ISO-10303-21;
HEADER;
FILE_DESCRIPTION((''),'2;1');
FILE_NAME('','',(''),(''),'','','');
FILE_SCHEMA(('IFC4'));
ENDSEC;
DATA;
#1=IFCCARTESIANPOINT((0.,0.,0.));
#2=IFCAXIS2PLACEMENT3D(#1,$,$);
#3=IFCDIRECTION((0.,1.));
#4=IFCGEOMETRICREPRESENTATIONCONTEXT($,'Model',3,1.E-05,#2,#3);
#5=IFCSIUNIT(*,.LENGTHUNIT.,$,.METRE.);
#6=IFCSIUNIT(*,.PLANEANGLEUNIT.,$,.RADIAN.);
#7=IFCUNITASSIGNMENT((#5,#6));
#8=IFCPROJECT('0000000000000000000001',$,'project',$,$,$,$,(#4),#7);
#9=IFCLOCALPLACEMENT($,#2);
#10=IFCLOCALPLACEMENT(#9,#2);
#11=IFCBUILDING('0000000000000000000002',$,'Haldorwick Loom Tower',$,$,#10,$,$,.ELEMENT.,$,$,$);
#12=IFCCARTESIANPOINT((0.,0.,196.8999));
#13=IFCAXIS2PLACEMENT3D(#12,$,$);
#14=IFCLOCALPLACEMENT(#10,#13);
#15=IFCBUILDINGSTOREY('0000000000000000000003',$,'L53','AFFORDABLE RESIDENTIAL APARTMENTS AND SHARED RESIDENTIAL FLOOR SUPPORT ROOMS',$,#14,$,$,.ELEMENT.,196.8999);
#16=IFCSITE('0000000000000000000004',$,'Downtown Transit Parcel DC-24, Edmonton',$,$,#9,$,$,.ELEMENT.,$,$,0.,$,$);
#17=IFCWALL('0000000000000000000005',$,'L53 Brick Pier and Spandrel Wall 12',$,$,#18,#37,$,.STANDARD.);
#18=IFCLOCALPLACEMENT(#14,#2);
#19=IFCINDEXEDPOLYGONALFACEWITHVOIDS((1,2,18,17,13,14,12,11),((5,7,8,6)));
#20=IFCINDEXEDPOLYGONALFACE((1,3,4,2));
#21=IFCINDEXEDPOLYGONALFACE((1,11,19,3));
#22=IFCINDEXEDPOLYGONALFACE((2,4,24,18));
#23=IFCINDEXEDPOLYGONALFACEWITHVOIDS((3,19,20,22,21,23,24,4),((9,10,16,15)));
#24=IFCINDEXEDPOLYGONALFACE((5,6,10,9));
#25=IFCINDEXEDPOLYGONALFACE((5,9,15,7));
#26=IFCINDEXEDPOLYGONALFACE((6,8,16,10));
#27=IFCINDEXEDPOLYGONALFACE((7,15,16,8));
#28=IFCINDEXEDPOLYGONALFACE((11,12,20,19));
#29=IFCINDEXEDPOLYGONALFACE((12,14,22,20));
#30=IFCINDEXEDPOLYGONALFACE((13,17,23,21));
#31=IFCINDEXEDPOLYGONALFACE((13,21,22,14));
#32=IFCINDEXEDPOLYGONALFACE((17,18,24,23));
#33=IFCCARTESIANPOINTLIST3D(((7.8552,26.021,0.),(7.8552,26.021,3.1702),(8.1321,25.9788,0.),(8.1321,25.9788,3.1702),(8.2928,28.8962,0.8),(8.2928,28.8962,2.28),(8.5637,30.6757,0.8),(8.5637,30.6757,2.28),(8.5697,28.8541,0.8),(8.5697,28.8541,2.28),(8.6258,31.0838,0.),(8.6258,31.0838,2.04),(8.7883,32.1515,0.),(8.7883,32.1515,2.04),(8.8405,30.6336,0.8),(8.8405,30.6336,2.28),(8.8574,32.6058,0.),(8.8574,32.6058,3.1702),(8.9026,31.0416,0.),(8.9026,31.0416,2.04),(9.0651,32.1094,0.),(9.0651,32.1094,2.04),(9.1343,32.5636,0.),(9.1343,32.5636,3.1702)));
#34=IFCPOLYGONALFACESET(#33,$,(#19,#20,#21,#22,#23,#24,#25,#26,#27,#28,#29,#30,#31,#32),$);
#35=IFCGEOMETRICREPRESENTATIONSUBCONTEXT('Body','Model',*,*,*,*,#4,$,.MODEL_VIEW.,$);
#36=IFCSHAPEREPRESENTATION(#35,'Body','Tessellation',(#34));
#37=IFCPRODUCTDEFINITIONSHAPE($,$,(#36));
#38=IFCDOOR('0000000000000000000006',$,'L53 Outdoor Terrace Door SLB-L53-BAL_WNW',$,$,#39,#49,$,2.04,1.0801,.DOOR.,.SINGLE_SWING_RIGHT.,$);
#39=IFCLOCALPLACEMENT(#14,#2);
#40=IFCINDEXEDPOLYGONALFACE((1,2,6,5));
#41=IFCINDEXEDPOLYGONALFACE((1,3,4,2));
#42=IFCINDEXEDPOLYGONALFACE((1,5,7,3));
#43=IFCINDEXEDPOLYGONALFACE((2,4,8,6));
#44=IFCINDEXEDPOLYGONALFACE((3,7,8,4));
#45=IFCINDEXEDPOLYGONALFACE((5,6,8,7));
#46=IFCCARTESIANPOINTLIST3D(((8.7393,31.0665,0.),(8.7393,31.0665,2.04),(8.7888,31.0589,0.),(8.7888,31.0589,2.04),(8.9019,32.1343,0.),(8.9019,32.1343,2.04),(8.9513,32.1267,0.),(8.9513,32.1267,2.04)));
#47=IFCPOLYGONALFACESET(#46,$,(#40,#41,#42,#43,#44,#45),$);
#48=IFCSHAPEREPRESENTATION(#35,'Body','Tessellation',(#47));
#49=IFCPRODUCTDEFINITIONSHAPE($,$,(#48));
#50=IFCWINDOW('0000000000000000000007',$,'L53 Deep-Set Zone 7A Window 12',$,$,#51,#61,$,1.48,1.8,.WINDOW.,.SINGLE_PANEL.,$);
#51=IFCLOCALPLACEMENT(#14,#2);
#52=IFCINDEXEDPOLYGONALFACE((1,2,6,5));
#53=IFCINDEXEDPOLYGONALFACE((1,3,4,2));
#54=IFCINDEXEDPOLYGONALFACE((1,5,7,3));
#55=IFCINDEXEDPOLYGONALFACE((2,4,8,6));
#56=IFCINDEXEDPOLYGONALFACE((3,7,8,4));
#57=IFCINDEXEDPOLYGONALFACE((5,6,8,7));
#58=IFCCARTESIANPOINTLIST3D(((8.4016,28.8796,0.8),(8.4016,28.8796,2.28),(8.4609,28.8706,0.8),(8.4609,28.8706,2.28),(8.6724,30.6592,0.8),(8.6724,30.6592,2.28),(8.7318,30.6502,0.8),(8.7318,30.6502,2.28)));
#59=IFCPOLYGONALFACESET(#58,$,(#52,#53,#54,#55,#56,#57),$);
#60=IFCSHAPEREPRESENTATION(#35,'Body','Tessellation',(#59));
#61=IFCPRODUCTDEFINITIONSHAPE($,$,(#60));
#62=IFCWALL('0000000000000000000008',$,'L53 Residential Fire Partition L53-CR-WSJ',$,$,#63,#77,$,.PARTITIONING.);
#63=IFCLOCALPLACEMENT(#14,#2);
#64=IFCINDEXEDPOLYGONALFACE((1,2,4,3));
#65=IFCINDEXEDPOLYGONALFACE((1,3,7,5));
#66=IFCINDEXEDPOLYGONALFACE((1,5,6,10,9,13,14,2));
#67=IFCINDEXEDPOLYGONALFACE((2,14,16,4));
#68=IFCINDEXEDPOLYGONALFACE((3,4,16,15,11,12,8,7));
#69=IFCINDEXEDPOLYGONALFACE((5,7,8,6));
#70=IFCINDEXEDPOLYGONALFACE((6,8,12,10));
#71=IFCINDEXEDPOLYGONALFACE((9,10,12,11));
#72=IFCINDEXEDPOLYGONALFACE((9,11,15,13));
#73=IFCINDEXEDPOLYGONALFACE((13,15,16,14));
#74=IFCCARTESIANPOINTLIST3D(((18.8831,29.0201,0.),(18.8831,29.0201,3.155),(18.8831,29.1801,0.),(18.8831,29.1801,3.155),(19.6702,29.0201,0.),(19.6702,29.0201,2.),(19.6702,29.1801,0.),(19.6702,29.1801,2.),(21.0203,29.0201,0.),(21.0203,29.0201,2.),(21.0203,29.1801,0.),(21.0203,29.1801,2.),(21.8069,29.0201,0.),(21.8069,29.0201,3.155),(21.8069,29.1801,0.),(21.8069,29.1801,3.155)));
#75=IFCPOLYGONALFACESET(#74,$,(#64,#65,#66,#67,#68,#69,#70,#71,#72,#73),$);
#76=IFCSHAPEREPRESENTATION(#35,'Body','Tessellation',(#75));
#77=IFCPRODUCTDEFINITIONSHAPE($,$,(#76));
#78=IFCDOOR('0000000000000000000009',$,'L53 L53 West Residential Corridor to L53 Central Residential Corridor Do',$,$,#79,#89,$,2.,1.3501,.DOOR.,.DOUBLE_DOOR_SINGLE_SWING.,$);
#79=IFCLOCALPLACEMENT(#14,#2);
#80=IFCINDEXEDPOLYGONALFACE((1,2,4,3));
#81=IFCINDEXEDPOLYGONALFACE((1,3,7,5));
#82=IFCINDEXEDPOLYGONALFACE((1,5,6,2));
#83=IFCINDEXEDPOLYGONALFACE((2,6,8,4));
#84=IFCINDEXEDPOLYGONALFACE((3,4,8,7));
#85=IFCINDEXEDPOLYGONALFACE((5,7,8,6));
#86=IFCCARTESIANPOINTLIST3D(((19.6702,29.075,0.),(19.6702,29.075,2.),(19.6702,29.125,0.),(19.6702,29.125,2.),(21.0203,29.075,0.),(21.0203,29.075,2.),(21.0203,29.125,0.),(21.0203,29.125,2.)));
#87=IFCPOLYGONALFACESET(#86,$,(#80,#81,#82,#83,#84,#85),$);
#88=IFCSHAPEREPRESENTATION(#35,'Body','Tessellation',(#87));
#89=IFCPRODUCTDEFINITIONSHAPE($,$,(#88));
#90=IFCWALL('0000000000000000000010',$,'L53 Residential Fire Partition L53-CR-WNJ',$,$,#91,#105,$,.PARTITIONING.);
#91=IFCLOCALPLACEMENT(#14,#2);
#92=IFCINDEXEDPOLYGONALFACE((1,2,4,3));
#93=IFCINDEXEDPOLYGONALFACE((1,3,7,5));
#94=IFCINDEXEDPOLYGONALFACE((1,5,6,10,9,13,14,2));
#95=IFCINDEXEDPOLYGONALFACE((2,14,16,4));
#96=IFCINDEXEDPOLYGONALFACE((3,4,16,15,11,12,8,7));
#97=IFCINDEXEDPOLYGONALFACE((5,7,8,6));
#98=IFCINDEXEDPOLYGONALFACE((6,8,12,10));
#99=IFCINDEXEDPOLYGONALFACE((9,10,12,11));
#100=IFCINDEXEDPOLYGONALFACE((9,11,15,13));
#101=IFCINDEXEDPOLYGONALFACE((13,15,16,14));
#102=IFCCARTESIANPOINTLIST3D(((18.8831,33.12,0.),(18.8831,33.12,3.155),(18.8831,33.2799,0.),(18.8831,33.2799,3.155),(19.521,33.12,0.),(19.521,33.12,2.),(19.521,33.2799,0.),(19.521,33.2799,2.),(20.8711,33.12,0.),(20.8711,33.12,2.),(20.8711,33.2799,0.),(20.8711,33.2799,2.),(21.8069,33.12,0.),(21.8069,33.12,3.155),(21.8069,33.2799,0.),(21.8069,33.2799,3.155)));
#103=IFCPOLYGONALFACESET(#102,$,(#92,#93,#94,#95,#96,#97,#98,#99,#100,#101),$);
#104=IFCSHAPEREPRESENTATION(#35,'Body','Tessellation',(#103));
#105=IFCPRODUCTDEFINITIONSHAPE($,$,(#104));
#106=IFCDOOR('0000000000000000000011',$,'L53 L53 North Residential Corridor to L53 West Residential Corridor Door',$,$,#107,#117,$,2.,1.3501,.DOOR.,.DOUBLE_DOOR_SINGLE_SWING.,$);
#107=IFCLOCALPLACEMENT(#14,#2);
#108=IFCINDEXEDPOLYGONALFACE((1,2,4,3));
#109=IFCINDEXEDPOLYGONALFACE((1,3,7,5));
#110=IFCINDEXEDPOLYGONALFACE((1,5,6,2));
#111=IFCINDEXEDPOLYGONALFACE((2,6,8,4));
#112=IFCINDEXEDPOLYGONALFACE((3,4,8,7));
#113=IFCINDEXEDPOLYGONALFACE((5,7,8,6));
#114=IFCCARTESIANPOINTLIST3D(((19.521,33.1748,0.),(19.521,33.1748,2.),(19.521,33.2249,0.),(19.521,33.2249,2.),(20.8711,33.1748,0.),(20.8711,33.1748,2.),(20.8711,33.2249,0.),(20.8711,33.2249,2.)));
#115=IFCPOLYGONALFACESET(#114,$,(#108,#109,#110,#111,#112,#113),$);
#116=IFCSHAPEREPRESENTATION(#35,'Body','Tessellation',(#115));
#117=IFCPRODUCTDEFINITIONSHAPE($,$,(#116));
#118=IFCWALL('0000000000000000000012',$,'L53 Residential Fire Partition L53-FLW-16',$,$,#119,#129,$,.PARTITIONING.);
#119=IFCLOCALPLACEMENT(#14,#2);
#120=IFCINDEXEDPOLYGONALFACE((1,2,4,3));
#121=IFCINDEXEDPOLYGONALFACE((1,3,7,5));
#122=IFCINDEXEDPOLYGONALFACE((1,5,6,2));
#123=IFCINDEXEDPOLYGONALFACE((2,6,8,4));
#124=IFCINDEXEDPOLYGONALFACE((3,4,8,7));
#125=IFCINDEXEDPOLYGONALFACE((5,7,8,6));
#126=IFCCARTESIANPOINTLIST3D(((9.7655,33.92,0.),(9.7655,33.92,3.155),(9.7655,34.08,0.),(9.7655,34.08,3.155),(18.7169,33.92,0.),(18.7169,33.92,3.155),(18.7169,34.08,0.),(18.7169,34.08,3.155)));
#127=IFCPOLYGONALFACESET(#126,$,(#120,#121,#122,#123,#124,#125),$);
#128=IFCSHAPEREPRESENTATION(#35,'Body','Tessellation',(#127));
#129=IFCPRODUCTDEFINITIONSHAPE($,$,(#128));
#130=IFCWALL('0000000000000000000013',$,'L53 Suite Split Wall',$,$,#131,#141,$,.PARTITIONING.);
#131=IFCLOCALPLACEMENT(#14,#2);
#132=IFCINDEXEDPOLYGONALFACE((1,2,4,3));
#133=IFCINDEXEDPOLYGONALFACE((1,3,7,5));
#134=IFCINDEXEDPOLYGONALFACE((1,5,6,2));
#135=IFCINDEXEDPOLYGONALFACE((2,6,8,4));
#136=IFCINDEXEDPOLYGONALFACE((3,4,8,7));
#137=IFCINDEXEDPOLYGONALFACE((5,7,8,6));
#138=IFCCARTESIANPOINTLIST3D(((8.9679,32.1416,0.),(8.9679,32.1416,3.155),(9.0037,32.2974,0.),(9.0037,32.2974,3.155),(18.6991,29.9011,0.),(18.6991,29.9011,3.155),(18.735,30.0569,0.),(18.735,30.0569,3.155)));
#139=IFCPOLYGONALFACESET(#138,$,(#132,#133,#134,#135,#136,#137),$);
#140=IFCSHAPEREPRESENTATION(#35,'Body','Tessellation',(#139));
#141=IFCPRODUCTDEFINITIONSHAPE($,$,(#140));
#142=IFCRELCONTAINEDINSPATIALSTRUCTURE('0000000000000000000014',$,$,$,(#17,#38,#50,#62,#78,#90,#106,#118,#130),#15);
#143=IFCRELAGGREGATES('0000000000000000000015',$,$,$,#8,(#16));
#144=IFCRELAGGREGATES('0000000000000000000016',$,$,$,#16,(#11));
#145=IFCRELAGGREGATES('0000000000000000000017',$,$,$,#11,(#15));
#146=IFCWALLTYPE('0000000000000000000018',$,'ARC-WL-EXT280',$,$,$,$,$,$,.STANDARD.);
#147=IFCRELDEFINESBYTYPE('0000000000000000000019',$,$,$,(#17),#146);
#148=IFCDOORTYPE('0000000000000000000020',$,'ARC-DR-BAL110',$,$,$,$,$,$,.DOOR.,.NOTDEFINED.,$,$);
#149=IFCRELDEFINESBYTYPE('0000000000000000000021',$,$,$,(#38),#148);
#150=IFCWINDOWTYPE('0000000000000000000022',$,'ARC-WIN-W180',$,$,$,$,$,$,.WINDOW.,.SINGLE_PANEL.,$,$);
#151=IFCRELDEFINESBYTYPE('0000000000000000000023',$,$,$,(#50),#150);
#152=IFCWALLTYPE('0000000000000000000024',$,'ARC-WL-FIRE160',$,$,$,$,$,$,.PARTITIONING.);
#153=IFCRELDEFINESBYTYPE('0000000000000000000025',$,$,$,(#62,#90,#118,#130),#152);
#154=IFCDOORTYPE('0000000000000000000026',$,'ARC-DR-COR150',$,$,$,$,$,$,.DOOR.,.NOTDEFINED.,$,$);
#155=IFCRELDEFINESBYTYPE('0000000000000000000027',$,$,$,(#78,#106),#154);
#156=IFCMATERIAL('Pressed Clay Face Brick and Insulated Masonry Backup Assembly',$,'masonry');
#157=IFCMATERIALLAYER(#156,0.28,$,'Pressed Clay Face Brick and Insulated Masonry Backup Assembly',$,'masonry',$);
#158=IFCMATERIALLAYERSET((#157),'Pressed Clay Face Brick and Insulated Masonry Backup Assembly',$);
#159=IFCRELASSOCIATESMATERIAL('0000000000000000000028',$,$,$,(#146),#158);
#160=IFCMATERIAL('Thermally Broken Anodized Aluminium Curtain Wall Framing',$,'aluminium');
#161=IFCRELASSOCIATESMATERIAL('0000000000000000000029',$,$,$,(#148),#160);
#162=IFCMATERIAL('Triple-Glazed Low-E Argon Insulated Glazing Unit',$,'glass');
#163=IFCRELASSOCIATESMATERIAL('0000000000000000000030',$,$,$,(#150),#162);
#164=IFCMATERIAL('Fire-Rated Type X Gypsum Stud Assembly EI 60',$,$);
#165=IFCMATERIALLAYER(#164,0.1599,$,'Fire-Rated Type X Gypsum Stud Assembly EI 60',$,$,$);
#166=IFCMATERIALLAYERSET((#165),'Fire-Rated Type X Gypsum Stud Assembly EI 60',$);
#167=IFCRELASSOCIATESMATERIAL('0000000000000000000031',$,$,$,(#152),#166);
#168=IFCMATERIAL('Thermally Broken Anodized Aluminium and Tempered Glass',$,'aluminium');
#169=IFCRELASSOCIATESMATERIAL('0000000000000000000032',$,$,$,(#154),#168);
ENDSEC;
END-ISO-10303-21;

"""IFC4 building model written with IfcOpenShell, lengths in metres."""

from ifc_helpers import new_model, si_unit, direction, frame, frame_2d, origin, place, context, subcontext, project, spatial, rectangle, extrude, material, layer, layer_set, type_object, element, fill, save


model = new_model("IFC4")

# Units and contexts
model_context = context("Model", 3, precision=1e-05, world=origin(), true_north=direction((0.0, 1.0)))
body_context = subcontext(model_context, "Body", "Model", "MODEL_VIEW")
ifc_project = project(units=[si_unit("LENGTHUNIT", "METRE"), si_unit("PLANEANGLEUNIT", "RADIAN")], contexts=[model_context])

# Site, building, storey
site_placement = place(None, origin())
site = spatial("IfcSite", under=ifc_project, at=site_placement, Name="Downtown Transit Parcel DC-24, Edmonton", CompositionType="ELEMENT", RefElevation=0.0)
building_placement = place(site_placement, origin())
building = spatial("IfcBuilding", under=site, at=building_placement, Name="Haldorwick Loom Tower", CompositionType="ELEMENT")
storey_placement = place(building_placement, frame((0.0, 0.0, 196.8999)))
storey = spatial("IfcBuildingStorey", under=building, at=storey_placement, Name="L53", Description="AFFORDABLE RESIDENTIAL APARTMENTS AND SHARED RESIDENTIAL FLOOR SUPPORT ROOMS", CompositionType="ELEMENT", Elevation=196.8999)

# Wall, openings, door, window
ifc_material_1 = material(Name="Pressed Clay Face Brick and Insulated Masonry Backup Assembly", Category="masonry")
ifc_layer_1 = layer(ifc_material_1, 0.28, Name="Pressed Clay Face Brick and Insulated Masonry Backup Assembly", Category="masonry")
ifc_layer_set_1 = layer_set([ifc_layer_1], Name="Pressed Clay Face Brick and Insulated Masonry Backup Assembly")
wall_type_1 = type_object("IfcWallType", Name="ARC-WL-EXT280", PredefinedType="STANDARD", material=ifc_layer_set_1)
wall_1_placement = place(storey_placement, frame((8.9958, 32.5847, 0.0), z_axis=(0.0, 0.0, 1.0), x_axis=(-0.150468, -0.988615, 0.0)))
wall_1 = element("IfcWall", 1, at=wall_1_placement, inside=storey, type_object=wall_type_1, Name="L53 Brick Pier and Spandrel Wall 12", PredefinedType="STANDARD", context=body_context, shape_type="SweptSolid", body=[
    extrude(rectangle(XDim=6.6606, YDim=0.28, at=frame_2d((3.3303, 0.0))), origin(), (0.0, 0.0, 1.0), 3.1702),
])
opening_1_placement = place(wall_1_placement, frame((0.4595, 0.0, 0.0)))
opening_1 = element("IfcOpeningElement", 2, at=opening_1_placement, cuts=wall_1, PredefinedType="OPENING", context=body_context, shape_type="SweptSolid", body=[
    extrude(rectangle(XDim=1.0801, YDim=2.04, at=frame_2d((0.54, 1.02))), frame((0.0, 0.1499, 0.0), z_axis=(0.0, -1.0, 0.0), x_axis=(1.0, 0.0, 0.0)), (0.0, 0.0, 1.0), 0.3),
])
opening_2_placement = place(wall_1_placement, frame((1.9524, 0.0, 0.8)))
opening_2 = element("IfcOpeningElement", 3, at=opening_2_placement, cuts=wall_1, PredefinedType="OPENING", context=body_context, shape_type="SweptSolid", body=[
    extrude(rectangle(XDim=1.8, YDim=1.48, at=frame_2d((0.8999, 0.74))), frame((0.0, 0.1499, 0.0), z_axis=(0.0, -1.0, 0.0), x_axis=(1.0, 0.0, 0.0)), (0.0, 0.0, 1.0), 0.3),
])
ifc_material_2 = material(Name="Thermally Broken Anodized Aluminium Curtain Wall Framing", Category="aluminium")
door_type_1 = type_object("IfcDoorType", Name="ARC-DR-BAL110", OperationType="NOTDEFINED", PredefinedType="DOOR", material=ifc_material_2)
door_1_placement = place(opening_1_placement, origin())
door_1 = element("IfcDoor", 4, at=door_1_placement, inside=storey, type_object=door_type_1, Name="L53 Outdoor Terrace Door SLB-L53-BAL_WNW", OperationType="SINGLE_SWING_RIGHT", OverallHeight=2.04, OverallWidth=1.0801, PredefinedType="DOOR", context=body_context, shape_type="SweptSolid", body=[
    extrude(rectangle(XDim=1.0801, YDim=2.04, at=frame_2d((0.54, 1.02))), frame((0.0, 0.0249, 0.0), z_axis=(0.0, -1.0, 0.0), x_axis=(1.0, 0.0, 0.0)), (0.0, 0.0, 1.0), 0.05),
])
fill(opening_1, door_1)
ifc_material_3 = material(Name="Triple-Glazed Low-E Argon Insulated Glazing Unit", Category="glass")
window_type = type_object("IfcWindowType", Name="ARC-WIN-W180", PartitioningType="SINGLE_PANEL", PredefinedType="WINDOW", material=ifc_material_3)
window_placement = place(opening_2_placement, origin())
window = element("IfcWindow", 5, at=window_placement, inside=storey, type_object=window_type, Name="L53 Deep-Set Zone 7A Window 12", OverallHeight=1.48, OverallWidth=1.8, PartitioningType="SINGLE_PANEL", PredefinedType="WINDOW", context=body_context, shape_type="SweptSolid", body=[
    extrude(rectangle(XDim=1.8, YDim=1.48, at=frame_2d((0.8999, 0.74))), frame((0.0, 0.03, 0.0), z_axis=(0.0, -1.0, 0.0), x_axis=(1.0, 0.0, 0.0)), (0.0, 0.0, 1.0), 0.0601),
])
fill(opening_2, window)

# Walls, openings, doors
ifc_material_4 = material(Name="Fire-Rated Type X Gypsum Stud Assembly EI 60")
ifc_layer_2 = layer(ifc_material_4, 0.1599, Name="Fire-Rated Type X Gypsum Stud Assembly EI 60")
ifc_layer_set_2 = layer_set([ifc_layer_2], Name="Fire-Rated Type X Gypsum Stud Assembly EI 60")
wall_type_2 = type_object("IfcWallType", Name="ARC-WL-FIRE160", PredefinedType="PARTITIONING", material=ifc_layer_set_2)
wall_2_placement = place(storey_placement, frame((18.8831, 29.1001, 0.0), z_axis=(0.0, 0.0, 1.0), x_axis=(1.0, 0.0, 0.0)))
wall_2 = element("IfcWall", 6, at=wall_2_placement, inside=storey, type_object=wall_type_2, Name="L53 Residential Fire Partition L53-CR-WSJ", PredefinedType="PARTITIONING", context=body_context, shape_type="SweptSolid", body=[
    extrude(rectangle(XDim=2.9238, YDim=0.1599, at=frame_2d((1.4619, 0.0))), origin(), (0.0, 0.0, 1.0), 3.155),
])
opening_3_placement = place(wall_2_placement, frame((0.7871, 0.0, 0.0)))
opening_3 = element("IfcOpeningElement", 7, at=opening_3_placement, cuts=wall_2, PredefinedType="OPENING", context=body_context, shape_type="SweptSolid", body=[
    extrude(rectangle(XDim=1.3501, YDim=2.0, at=frame_2d((0.675, 1.0))), frame((0.0, 0.0898, 0.0), z_axis=(0.0, -1.0, 0.0), x_axis=(1.0, 0.0, 0.0)), (0.0, 0.0, 1.0), 0.1799),
])
ifc_material_5 = material(Name="Thermally Broken Anodized Aluminium and Tempered Glass", Category="aluminium")
door_type_2 = type_object("IfcDoorType", Name="ARC-DR-COR150", OperationType="NOTDEFINED", PredefinedType="DOOR", material=ifc_material_5)
door_2_placement = place(opening_3_placement, origin())
door_2 = element("IfcDoor", 8, at=door_2_placement, inside=storey, type_object=door_type_2, Name="L53 L53 West Residential Corridor to L53 Central Residential Corridor Do", OperationType="DOUBLE_DOOR_SINGLE_SWING", OverallHeight=2.0, OverallWidth=1.3501, PredefinedType="DOOR", context=body_context, shape_type="SweptSolid", body=[
    extrude(rectangle(XDim=1.3501, YDim=2.0, at=frame_2d((0.675, 1.0))), frame((0.0, 0.0249, 0.0), z_axis=(0.0, -1.0, 0.0), x_axis=(1.0, 0.0, 0.0)), (0.0, 0.0, 1.0), 0.05),
])
fill(opening_3, door_2)
wall_3_placement = place(storey_placement, frame((18.8831, 33.2, 0.0), z_axis=(0.0, 0.0, 1.0), x_axis=(1.0, 0.0, 0.0)))
wall_3 = element("IfcWall", 9, at=wall_3_placement, inside=storey, type_object=wall_type_2, Name="L53 Residential Fire Partition L53-CR-WNJ", PredefinedType="PARTITIONING", context=body_context, shape_type="SweptSolid", body=[
    extrude(rectangle(XDim=2.9238, YDim=0.1599, at=frame_2d((1.4619, 0.0))), origin(), (0.0, 0.0, 1.0), 3.155),
])
opening_4_placement = place(wall_3_placement, frame((0.6379, 0.0, 0.0)))
opening_4 = element("IfcOpeningElement", 10, at=opening_4_placement, cuts=wall_3, PredefinedType="OPENING", context=body_context, shape_type="SweptSolid", body=[
    extrude(rectangle(XDim=1.3501, YDim=2.0, at=frame_2d((0.675, 1.0))), frame((0.0, 0.0898, 0.0), z_axis=(0.0, -1.0, 0.0), x_axis=(1.0, 0.0, 0.0)), (0.0, 0.0, 1.0), 0.1799),
])
door_3_placement = place(opening_4_placement, origin())
door_3 = element("IfcDoor", 11, at=door_3_placement, inside=storey, type_object=door_type_2, Name="L53 L53 North Residential Corridor to L53 West Residential Corridor Door", OperationType="DOUBLE_DOOR_SINGLE_SWING", OverallHeight=2.0, OverallWidth=1.3501, PredefinedType="DOOR", context=body_context, shape_type="SweptSolid", body=[
    extrude(rectangle(XDim=1.3501, YDim=2.0, at=frame_2d((0.675, 1.0))), frame((0.0, 0.0249, 0.0), z_axis=(0.0, -1.0, 0.0), x_axis=(1.0, 0.0, 0.0)), (0.0, 0.0, 1.0), 0.05),
])
fill(opening_4, door_3)

# Walls
wall_4_placement = place(storey_placement, frame((9.7656, 34.0, 0.0), z_axis=(0.0, 0.0, 1.0), x_axis=(1.0, 0.0, 0.0)))
element("IfcWall", 12, at=wall_4_placement, inside=storey, type_object=wall_type_2, Name="L53 Residential Fire Partition L53-FLW-16", PredefinedType="PARTITIONING", context=body_context, shape_type="SweptSolid", body=[
    extrude(rectangle(XDim=8.9514, YDim=0.1599, at=frame_2d((4.4756, 0.0))), origin(), (0.0, 0.0, 1.0), 3.155),
])
wall_5_placement = place(storey_placement, frame((18.717, 29.979, 0.0), z_axis=(0.0, 0.0, 1.0), x_axis=(-0.974505, 0.224367, 0.0)))
element("IfcWall", 13, at=wall_5_placement, inside=storey, type_object=wall_type_2, Name="L53 Suite Split Wall", PredefinedType="PARTITIONING", context=body_context, shape_type="SweptSolid", body=[
    extrude(rectangle(XDim=9.9858, YDim=0.1599, at=frame_2d((4.9929, 0.0))), origin(), (0.0, 0.0, 1.0), 3.155),
])

save(model, "model.ifc")
